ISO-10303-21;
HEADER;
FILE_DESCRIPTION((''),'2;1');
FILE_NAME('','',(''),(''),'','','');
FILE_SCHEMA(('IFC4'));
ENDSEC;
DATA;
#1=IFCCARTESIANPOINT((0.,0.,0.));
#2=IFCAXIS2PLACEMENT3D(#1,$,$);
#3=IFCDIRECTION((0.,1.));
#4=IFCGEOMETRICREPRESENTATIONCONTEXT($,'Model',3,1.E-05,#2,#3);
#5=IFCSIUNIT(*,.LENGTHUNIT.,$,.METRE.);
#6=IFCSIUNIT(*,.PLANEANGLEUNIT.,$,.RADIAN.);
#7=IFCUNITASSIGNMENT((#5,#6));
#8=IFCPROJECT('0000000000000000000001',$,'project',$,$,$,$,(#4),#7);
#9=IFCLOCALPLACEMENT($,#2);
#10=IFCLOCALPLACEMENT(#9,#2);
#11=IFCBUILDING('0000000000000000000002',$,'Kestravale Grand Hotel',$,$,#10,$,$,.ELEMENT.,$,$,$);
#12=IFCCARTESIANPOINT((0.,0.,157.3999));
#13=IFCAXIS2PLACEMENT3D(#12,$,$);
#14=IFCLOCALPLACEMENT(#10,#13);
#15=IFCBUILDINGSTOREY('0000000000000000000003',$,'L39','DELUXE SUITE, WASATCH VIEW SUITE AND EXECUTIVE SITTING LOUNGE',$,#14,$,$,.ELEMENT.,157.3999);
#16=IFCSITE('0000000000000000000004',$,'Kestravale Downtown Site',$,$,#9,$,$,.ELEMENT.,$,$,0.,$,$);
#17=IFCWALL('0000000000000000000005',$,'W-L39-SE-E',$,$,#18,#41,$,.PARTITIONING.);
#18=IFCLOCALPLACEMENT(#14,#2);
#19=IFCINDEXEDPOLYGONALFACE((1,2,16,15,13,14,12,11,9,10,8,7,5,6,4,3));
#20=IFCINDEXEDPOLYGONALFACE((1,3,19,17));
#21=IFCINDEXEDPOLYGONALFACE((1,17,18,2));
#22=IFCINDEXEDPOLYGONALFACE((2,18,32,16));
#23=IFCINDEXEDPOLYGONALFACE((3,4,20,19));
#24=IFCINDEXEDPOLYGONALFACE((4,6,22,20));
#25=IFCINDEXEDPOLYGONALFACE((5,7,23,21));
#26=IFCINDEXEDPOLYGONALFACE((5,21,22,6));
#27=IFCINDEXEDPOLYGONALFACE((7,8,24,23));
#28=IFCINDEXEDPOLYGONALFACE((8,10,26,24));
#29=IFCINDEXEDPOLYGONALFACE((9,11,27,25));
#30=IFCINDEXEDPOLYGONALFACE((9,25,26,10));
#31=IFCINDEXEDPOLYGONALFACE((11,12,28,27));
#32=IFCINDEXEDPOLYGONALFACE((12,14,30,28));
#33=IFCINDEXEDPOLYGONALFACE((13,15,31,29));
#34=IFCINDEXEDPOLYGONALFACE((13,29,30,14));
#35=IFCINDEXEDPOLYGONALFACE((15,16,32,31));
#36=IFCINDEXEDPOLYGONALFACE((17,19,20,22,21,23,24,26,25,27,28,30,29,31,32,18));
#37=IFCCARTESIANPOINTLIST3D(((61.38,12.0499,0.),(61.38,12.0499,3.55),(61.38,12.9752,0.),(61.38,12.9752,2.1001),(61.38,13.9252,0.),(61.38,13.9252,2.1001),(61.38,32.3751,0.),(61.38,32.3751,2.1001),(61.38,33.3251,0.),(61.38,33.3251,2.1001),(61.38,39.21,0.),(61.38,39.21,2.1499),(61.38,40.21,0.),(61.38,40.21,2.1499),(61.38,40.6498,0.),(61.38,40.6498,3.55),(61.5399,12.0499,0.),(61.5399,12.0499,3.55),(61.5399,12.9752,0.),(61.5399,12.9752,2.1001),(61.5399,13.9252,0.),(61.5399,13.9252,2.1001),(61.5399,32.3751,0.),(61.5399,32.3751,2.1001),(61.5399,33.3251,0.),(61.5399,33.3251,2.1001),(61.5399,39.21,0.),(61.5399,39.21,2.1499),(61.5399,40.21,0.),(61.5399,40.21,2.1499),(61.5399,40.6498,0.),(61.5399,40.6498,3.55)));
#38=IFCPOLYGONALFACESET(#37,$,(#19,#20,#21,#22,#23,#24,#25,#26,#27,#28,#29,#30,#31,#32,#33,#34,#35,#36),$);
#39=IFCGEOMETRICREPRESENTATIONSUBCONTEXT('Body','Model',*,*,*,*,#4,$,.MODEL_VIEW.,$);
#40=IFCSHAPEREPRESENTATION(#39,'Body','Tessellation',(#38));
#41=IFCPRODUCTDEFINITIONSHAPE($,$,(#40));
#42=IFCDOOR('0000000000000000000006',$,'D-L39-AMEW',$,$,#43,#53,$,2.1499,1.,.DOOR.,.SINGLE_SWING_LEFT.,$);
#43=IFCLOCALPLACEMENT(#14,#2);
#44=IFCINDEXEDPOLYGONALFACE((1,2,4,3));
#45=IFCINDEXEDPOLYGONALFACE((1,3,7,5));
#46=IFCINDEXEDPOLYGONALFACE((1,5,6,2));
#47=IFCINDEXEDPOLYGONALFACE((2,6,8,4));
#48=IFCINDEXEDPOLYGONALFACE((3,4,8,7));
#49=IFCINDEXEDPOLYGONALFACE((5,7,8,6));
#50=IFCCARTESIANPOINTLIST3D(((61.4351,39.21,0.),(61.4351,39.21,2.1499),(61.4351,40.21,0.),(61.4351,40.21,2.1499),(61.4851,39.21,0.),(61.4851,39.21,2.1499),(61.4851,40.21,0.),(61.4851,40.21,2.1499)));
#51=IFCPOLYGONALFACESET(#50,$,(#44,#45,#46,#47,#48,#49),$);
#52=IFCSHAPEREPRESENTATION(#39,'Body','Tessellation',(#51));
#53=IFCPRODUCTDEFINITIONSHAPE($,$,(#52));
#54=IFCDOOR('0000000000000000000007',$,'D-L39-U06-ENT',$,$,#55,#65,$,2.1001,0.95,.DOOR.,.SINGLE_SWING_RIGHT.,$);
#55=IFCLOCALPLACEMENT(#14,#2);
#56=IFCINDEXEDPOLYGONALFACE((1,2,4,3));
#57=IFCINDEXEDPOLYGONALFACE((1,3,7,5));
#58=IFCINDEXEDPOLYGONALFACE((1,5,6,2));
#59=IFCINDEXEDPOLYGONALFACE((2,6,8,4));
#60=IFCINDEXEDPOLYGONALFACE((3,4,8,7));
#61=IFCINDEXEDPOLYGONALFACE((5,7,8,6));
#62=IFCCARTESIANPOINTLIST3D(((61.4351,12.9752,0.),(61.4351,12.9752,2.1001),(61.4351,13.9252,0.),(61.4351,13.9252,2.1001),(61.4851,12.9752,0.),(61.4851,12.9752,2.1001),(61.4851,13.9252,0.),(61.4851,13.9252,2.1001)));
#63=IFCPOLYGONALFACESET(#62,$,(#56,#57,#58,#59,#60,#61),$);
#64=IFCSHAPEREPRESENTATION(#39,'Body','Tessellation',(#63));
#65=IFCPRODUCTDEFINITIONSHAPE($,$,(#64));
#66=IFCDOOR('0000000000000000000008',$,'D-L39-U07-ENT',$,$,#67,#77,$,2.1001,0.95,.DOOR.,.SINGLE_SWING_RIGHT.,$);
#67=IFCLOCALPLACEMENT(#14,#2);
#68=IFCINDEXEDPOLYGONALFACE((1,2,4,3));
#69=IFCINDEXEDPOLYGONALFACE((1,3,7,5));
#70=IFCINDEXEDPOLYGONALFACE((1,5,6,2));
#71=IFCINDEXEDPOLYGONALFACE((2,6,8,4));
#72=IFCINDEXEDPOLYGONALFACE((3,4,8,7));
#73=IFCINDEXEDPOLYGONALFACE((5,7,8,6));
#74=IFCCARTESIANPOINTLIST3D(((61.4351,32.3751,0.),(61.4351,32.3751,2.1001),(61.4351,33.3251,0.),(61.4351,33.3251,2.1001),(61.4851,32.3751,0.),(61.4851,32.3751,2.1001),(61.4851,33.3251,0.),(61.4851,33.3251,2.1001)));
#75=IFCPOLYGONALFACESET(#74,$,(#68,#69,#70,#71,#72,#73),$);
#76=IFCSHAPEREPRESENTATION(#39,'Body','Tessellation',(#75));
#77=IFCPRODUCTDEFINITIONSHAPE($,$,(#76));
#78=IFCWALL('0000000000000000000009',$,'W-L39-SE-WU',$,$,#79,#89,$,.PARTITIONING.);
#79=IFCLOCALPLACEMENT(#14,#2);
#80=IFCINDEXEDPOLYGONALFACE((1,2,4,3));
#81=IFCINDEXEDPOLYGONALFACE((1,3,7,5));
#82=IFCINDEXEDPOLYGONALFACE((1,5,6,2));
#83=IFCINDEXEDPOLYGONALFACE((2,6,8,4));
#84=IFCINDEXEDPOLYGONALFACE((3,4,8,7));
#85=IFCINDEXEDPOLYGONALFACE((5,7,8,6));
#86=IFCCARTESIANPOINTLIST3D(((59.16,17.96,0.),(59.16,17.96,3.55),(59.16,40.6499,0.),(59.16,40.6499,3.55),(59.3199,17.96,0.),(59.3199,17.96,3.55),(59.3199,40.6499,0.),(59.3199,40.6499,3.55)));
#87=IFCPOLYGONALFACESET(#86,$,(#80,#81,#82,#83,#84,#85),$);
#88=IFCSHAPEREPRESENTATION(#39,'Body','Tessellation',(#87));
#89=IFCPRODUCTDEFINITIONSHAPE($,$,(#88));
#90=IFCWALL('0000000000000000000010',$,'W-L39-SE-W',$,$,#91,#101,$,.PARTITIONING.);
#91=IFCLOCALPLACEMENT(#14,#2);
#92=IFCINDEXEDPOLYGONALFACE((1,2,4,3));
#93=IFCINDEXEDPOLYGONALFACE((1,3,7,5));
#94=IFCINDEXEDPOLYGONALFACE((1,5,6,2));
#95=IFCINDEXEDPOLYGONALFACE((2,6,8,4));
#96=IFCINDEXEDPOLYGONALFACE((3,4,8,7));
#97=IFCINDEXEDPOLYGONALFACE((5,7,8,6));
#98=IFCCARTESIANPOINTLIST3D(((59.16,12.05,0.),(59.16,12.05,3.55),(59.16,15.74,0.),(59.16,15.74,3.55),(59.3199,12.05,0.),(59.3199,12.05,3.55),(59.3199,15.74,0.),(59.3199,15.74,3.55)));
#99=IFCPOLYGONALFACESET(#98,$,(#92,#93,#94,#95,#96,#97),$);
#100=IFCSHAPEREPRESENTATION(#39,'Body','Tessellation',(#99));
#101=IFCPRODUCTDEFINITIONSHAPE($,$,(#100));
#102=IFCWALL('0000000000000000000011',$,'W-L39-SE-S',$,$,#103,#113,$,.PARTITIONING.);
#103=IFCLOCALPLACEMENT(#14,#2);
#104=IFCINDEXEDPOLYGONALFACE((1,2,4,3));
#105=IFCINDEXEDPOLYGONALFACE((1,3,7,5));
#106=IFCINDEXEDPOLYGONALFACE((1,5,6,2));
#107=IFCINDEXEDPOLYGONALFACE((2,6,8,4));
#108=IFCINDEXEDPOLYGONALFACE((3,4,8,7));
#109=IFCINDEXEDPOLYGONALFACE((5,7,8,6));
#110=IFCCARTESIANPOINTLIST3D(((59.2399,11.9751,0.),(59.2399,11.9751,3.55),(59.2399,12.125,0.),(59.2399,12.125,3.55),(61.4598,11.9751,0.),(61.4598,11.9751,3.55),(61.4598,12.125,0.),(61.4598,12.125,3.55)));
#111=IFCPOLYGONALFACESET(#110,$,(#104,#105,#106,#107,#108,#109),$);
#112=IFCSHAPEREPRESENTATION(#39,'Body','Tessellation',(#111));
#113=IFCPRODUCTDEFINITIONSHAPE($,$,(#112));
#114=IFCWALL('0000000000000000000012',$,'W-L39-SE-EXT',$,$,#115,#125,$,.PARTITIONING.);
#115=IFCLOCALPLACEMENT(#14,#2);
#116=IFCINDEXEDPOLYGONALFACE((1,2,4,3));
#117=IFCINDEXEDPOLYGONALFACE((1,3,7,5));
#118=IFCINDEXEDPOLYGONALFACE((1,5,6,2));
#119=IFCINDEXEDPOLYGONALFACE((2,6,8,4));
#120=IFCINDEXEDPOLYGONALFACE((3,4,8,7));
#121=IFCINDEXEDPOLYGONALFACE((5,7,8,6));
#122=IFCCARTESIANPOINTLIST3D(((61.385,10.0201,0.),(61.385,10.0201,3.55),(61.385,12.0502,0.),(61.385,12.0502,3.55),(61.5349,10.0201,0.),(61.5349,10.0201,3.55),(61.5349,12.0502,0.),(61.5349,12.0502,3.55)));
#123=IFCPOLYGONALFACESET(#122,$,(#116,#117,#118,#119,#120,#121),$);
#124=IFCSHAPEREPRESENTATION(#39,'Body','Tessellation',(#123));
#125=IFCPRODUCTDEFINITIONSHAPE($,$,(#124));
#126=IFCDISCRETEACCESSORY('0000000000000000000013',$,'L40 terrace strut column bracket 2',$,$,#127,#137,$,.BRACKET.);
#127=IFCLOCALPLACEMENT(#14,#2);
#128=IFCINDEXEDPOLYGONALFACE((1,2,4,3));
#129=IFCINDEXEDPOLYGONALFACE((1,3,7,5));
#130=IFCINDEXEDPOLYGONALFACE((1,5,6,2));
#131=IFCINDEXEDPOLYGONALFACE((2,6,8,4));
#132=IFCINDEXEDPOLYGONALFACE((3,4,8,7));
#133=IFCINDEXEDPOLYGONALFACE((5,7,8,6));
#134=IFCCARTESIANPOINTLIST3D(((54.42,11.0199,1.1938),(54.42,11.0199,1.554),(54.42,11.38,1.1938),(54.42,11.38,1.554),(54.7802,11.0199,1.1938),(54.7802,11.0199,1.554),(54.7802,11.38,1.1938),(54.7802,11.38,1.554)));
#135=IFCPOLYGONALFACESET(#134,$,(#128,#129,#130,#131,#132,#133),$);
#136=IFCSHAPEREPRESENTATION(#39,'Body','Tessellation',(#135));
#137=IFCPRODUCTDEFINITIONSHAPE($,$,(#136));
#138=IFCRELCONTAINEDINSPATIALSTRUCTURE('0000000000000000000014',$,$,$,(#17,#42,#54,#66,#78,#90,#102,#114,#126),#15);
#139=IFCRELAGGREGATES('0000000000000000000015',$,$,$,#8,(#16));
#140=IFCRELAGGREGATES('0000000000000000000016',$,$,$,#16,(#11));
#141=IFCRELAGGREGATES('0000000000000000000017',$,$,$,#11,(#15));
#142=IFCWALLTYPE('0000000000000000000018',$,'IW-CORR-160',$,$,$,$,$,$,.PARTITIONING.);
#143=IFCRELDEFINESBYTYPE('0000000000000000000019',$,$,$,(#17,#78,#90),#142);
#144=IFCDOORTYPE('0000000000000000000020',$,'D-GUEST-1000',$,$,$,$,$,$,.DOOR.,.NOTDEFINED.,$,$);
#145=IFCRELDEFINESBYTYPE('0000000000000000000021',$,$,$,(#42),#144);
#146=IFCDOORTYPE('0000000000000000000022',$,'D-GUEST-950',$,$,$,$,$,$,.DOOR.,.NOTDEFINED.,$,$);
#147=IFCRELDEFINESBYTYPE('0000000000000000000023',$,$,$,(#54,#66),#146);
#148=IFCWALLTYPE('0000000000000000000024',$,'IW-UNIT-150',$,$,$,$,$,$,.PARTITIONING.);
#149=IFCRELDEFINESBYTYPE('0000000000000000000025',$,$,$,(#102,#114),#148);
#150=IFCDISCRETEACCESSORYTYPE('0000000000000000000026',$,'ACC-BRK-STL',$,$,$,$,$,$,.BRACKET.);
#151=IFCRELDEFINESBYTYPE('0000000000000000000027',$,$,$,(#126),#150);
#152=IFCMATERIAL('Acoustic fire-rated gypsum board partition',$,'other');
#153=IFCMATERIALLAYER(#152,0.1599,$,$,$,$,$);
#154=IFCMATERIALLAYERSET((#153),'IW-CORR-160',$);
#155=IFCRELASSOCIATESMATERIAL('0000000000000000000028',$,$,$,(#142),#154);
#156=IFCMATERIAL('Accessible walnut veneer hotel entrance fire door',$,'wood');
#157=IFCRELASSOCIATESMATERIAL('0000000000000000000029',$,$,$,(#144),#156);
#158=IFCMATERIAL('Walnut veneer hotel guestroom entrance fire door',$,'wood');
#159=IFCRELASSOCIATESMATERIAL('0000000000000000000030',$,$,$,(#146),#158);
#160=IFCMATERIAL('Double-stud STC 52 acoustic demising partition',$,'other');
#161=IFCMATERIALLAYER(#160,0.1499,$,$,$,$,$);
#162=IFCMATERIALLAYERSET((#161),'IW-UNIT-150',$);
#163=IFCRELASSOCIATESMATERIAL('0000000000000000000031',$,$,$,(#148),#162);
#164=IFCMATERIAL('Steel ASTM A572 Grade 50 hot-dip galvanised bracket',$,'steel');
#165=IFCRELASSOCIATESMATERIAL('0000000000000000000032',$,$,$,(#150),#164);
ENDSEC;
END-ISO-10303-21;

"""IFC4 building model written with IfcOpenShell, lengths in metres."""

from ifc_helpers import new_model, si_unit, direction, frame, frame_2d, origin, origin_2d, place, context, subcontext, project, spatial, rectangle, extrude, material, layer, layer_set, type_object, element, fill, save


model = new_model("IFC4")

# Units and contexts
model_context = context("Model", 3, precision=1e-05, world=origin(), true_north=direction((0.0, 1.0)))
body_context = subcontext(model_context, "Body", "Model", "MODEL_VIEW")
ifc_project = project(units=[si_unit("LENGTHUNIT", "METRE"), si_unit("PLANEANGLEUNIT", "RADIAN")], contexts=[model_context])

# Site, building, storey
site_placement = place(None, origin())
site = spatial("IfcSite", under=ifc_project, at=site_placement, Name="Kestravale Downtown Site", CompositionType="ELEMENT", RefElevation=0.0)
building_placement = place(site_placement, origin())
building = spatial("IfcBuilding", under=site, at=building_placement, Name="Kestravale Grand Hotel", CompositionType="ELEMENT")
storey_placement = place(building_placement, frame((0.0, 0.0, 157.3999)))
storey = spatial("IfcBuildingStorey", under=building, at=storey_placement, Name="L39", Description="DELUXE SUITE, WASATCH VIEW SUITE AND EXECUTIVE SITTING LOUNGE", CompositionType="ELEMENT", Elevation=157.3999)

# Wall, openings, doors
ifc_material_1 = material(Name="Acoustic fire-rated gypsum board partition", Category="other")
ifc_layer_1 = layer(ifc_material_1, 0.1599)
ifc_layer_set_1 = layer_set([ifc_layer_1], Name="IW-CORR-160")
wall_type_1 = type_object("IfcWallType", Name="IW-CORR-160", PredefinedType="PARTITIONING", material=ifc_layer_set_1)
wall_1_placement = place(storey_placement, frame((61.46, 12.05, 0.0), z_axis=(0.0, 0.0, 1.0), x_axis=(0.0, 1.0, 0.0)))
wall_1 = element("IfcWall", 1, at=wall_1_placement, inside=storey, type_object=wall_type_1, Name="W-L39-SE-E", PredefinedType="PARTITIONING", context=body_context, shape_type="SweptSolid", body=[
    extrude(rectangle(XDim=28.5999, YDim=0.1599, at=frame_2d((14.2998, 0.0))), origin(), (0.0, 0.0, 1.0), 3.55),
])
opening_1_placement = place(wall_1_placement, frame((0.925, 0.0, 0.0)))
opening_1 = element("IfcOpeningElement", 2, at=opening_1_placement, cuts=wall_1, PredefinedType="OPENING", context=body_context, shape_type="SweptSolid", body=[
    extrude(rectangle(XDim=0.95, YDim=2.1001, at=frame_2d((0.4751, 1.05))), frame((0.0, 0.0898, 0.0), z_axis=(0.0, -1.0, 0.0), x_axis=(1.0, 0.0, 0.0)), (0.0, 0.0, 1.0), 0.1799),
])
opening_2_placement = place(wall_1_placement, frame((20.325, 0.0, 0.0)))
opening_2 = element("IfcOpeningElement", 3, at=opening_2_placement, cuts=wall_1, PredefinedType="OPENING", context=body_context, shape_type="SweptSolid", body=[
    extrude(rectangle(XDim=0.95, YDim=2.1001, at=frame_2d((0.4751, 1.05))), frame((0.0, 0.0898, 0.0), z_axis=(0.0, -1.0, 0.0), x_axis=(1.0, 0.0, 0.0)), (0.0, 0.0, 1.0), 0.1799),
])
opening_3_placement = place(wall_1_placement, frame((27.1599, 0.0, 0.0)))
opening_3 = element("IfcOpeningElement", 4, at=opening_3_placement, cuts=wall_1, PredefinedType="OPENING", context=body_context, shape_type="SweptSolid", body=[
    extrude(rectangle(XDim=1.0, YDim=2.1499, at=frame_2d((0.5, 1.075))), frame((0.0, 0.0898, 0.0), z_axis=(0.0, -1.0, 0.0), x_axis=(1.0, 0.0, 0.0)), (0.0, 0.0, 1.0), 0.1799),
])
ifc_material_2 = material(Name="Accessible walnut veneer hotel entrance fire door", Category="wood")
door_type_1 = type_object("IfcDoorType", Name="D-GUEST-1000", OperationType="NOTDEFINED", PredefinedType="DOOR", material=ifc_material_2)
door_1_placement = place(opening_3_placement, origin())
door_1 = element("IfcDoor", 5, at=door_1_placement, inside=storey, type_object=door_type_1, Name="D-L39-AMEW", OperationType="SINGLE_SWING_LEFT", OverallHeight=2.1499, OverallWidth=1.0, PredefinedType="DOOR", context=body_context, shape_type="SweptSolid", body=[
    extrude(rectangle(XDim=1.0, YDim=2.1499, at=frame_2d((0.5, 1.075))), frame((0.0, 0.0249, 0.0), z_axis=(0.0, -1.0, 0.0), x_axis=(1.0, 0.0, 0.0)), (0.0, 0.0, 1.0), 0.05),
])
fill(opening_3, door_1)
ifc_material_3 = material(Name="Walnut veneer hotel guestroom entrance fire door", Category="wood")
door_type_2 = type_object("IfcDoorType", Name="D-GUEST-950", OperationType="NOTDEFINED", PredefinedType="DOOR", material=ifc_material_3)
door_2_placement = place(opening_1_placement, origin())
door_2 = element("IfcDoor", 6, at=door_2_placement, inside=storey, type_object=door_type_2, Name="D-L39-U06-ENT", OperationType="SINGLE_SWING_RIGHT", OverallHeight=2.1001, OverallWidth=0.95, PredefinedType="DOOR", context=body_context, shape_type="SweptSolid", body=[
    extrude(rectangle(XDim=0.95, YDim=2.1001, at=frame_2d((0.4751, 1.05))), frame((0.0, 0.0249, 0.0), z_axis=(0.0, -1.0, 0.0), x_axis=(1.0, 0.0, 0.0)), (0.0, 0.0, 1.0), 0.05),
])
fill(opening_1, door_2)
door_3_placement = place(opening_2_placement, origin())
door_3 = element("IfcDoor", 7, at=door_3_placement, inside=storey, type_object=door_type_2, Name="D-L39-U07-ENT", OperationType="SINGLE_SWING_RIGHT", OverallHeight=2.1001, OverallWidth=0.95, PredefinedType="DOOR", context=body_context, shape_type="SweptSolid", body=[
    extrude(rectangle(XDim=0.95, YDim=2.1001, at=frame_2d((0.4751, 1.05))), frame((0.0, 0.0249, 0.0), z_axis=(0.0, -1.0, 0.0), x_axis=(1.0, 0.0, 0.0)), (0.0, 0.0, 1.0), 0.05),
])
fill(opening_2, door_3)

# Walls
wall_2_placement = place(storey_placement, frame((59.24, 17.96, 0.0), z_axis=(0.0, 0.0, 1.0), x_axis=(0.0, 1.0, 0.0)))
element("IfcWall", 8, at=wall_2_placement, inside=storey, type_object=wall_type_1, Name="W-L39-SE-WU", PredefinedType="PARTITIONING", context=body_context, shape_type="SweptSolid", body=[
    extrude(rectangle(XDim=22.6899, YDim=0.1599, at=frame_2d((11.345, 0.0))), origin(), (0.0, 0.0, 1.0), 3.55),
])
wall_3_placement = place(storey_placement, frame((59.24, 12.05, 0.0), z_axis=(0.0, 0.0, 1.0), x_axis=(0.0, 1.0, 0.0)))
element("IfcWall", 9, at=wall_3_placement, inside=storey, type_object=wall_type_1, Name="W-L39-SE-W", PredefinedType="PARTITIONING", context=body_context, shape_type="SweptSolid", body=[
    extrude(rectangle(XDim=3.6899, YDim=0.1599, at=frame_2d((1.845, 0.0))), origin(), (0.0, 0.0, 1.0), 3.55),
])
ifc_material_4 = material(Name="Double-stud STC 52 acoustic demising partition", Category="other")
ifc_layer_2 = layer(ifc_material_4, 0.1499)
ifc_layer_set_2 = layer_set([ifc_layer_2], Name="IW-UNIT-150")
wall_type_2 = type_object("IfcWallType", Name="IW-UNIT-150", PredefinedType="PARTITIONING", material=ifc_layer_set_2)
wall_4_placement = place(storey_placement, frame((59.24, 12.05, 0.0), z_axis=(0.0, 0.0, 1.0), x_axis=(1.0, 0.0, 0.0)))
element("IfcWall", 10, at=wall_4_placement, inside=storey, type_object=wall_type_2, Name="W-L39-SE-S", PredefinedType="PARTITIONING", context=body_context, shape_type="SweptSolid", body=[
    extrude(rectangle(XDim=2.22, YDim=0.1499, at=frame_2d((1.1099, 0.0))), origin(), (0.0, 0.0, 1.0), 3.55),
])
wall_5_placement = place(storey_placement, frame((61.46, 10.02, 0.0), z_axis=(0.0, 0.0, 1.0), x_axis=(0.0, 1.0, 0.0)))
element("IfcWall", 11, at=wall_5_placement, inside=storey, type_object=wall_type_2, Name="W-L39-SE-EXT", PredefinedType="PARTITIONING", context=body_context, shape_type="SweptSolid", body=[
    extrude(rectangle(XDim=2.03, YDim=0.1499, at=frame_2d((1.0151, 0.0))), origin(), (0.0, 0.0, 1.0), 3.55),
])

# Discrete accessory
ifc_material_5 = material(Name="Steel ASTM A572 Grade 50 hot-dip galvanised bracket", Category="steel")
discrete_accessory_type = type_object("IfcDiscreteAccessoryType", Name="ACC-BRK-STL", PredefinedType="BRACKET", material=ifc_material_5)
discrete_accessory_placement = place(storey_placement, frame((54.6001, 11.2, 1.1938), z_axis=(0.0, 0.0, 1.0), x_axis=(1.0, 0.0, 0.0)))
element("IfcDiscreteAccessory", 12, at=discrete_accessory_placement, inside=storey, type_object=discrete_accessory_type, Name="L40 terrace strut column bracket 2", PredefinedType="BRACKET", context=body_context, shape_type="SweptSolid", body=[
    extrude(rectangle(XDim=0.3601, YDim=0.3601, at=origin_2d()), origin(), (0.0, 0.0, 1.0), 0.3601),
])

save(model, "model.ifc")
